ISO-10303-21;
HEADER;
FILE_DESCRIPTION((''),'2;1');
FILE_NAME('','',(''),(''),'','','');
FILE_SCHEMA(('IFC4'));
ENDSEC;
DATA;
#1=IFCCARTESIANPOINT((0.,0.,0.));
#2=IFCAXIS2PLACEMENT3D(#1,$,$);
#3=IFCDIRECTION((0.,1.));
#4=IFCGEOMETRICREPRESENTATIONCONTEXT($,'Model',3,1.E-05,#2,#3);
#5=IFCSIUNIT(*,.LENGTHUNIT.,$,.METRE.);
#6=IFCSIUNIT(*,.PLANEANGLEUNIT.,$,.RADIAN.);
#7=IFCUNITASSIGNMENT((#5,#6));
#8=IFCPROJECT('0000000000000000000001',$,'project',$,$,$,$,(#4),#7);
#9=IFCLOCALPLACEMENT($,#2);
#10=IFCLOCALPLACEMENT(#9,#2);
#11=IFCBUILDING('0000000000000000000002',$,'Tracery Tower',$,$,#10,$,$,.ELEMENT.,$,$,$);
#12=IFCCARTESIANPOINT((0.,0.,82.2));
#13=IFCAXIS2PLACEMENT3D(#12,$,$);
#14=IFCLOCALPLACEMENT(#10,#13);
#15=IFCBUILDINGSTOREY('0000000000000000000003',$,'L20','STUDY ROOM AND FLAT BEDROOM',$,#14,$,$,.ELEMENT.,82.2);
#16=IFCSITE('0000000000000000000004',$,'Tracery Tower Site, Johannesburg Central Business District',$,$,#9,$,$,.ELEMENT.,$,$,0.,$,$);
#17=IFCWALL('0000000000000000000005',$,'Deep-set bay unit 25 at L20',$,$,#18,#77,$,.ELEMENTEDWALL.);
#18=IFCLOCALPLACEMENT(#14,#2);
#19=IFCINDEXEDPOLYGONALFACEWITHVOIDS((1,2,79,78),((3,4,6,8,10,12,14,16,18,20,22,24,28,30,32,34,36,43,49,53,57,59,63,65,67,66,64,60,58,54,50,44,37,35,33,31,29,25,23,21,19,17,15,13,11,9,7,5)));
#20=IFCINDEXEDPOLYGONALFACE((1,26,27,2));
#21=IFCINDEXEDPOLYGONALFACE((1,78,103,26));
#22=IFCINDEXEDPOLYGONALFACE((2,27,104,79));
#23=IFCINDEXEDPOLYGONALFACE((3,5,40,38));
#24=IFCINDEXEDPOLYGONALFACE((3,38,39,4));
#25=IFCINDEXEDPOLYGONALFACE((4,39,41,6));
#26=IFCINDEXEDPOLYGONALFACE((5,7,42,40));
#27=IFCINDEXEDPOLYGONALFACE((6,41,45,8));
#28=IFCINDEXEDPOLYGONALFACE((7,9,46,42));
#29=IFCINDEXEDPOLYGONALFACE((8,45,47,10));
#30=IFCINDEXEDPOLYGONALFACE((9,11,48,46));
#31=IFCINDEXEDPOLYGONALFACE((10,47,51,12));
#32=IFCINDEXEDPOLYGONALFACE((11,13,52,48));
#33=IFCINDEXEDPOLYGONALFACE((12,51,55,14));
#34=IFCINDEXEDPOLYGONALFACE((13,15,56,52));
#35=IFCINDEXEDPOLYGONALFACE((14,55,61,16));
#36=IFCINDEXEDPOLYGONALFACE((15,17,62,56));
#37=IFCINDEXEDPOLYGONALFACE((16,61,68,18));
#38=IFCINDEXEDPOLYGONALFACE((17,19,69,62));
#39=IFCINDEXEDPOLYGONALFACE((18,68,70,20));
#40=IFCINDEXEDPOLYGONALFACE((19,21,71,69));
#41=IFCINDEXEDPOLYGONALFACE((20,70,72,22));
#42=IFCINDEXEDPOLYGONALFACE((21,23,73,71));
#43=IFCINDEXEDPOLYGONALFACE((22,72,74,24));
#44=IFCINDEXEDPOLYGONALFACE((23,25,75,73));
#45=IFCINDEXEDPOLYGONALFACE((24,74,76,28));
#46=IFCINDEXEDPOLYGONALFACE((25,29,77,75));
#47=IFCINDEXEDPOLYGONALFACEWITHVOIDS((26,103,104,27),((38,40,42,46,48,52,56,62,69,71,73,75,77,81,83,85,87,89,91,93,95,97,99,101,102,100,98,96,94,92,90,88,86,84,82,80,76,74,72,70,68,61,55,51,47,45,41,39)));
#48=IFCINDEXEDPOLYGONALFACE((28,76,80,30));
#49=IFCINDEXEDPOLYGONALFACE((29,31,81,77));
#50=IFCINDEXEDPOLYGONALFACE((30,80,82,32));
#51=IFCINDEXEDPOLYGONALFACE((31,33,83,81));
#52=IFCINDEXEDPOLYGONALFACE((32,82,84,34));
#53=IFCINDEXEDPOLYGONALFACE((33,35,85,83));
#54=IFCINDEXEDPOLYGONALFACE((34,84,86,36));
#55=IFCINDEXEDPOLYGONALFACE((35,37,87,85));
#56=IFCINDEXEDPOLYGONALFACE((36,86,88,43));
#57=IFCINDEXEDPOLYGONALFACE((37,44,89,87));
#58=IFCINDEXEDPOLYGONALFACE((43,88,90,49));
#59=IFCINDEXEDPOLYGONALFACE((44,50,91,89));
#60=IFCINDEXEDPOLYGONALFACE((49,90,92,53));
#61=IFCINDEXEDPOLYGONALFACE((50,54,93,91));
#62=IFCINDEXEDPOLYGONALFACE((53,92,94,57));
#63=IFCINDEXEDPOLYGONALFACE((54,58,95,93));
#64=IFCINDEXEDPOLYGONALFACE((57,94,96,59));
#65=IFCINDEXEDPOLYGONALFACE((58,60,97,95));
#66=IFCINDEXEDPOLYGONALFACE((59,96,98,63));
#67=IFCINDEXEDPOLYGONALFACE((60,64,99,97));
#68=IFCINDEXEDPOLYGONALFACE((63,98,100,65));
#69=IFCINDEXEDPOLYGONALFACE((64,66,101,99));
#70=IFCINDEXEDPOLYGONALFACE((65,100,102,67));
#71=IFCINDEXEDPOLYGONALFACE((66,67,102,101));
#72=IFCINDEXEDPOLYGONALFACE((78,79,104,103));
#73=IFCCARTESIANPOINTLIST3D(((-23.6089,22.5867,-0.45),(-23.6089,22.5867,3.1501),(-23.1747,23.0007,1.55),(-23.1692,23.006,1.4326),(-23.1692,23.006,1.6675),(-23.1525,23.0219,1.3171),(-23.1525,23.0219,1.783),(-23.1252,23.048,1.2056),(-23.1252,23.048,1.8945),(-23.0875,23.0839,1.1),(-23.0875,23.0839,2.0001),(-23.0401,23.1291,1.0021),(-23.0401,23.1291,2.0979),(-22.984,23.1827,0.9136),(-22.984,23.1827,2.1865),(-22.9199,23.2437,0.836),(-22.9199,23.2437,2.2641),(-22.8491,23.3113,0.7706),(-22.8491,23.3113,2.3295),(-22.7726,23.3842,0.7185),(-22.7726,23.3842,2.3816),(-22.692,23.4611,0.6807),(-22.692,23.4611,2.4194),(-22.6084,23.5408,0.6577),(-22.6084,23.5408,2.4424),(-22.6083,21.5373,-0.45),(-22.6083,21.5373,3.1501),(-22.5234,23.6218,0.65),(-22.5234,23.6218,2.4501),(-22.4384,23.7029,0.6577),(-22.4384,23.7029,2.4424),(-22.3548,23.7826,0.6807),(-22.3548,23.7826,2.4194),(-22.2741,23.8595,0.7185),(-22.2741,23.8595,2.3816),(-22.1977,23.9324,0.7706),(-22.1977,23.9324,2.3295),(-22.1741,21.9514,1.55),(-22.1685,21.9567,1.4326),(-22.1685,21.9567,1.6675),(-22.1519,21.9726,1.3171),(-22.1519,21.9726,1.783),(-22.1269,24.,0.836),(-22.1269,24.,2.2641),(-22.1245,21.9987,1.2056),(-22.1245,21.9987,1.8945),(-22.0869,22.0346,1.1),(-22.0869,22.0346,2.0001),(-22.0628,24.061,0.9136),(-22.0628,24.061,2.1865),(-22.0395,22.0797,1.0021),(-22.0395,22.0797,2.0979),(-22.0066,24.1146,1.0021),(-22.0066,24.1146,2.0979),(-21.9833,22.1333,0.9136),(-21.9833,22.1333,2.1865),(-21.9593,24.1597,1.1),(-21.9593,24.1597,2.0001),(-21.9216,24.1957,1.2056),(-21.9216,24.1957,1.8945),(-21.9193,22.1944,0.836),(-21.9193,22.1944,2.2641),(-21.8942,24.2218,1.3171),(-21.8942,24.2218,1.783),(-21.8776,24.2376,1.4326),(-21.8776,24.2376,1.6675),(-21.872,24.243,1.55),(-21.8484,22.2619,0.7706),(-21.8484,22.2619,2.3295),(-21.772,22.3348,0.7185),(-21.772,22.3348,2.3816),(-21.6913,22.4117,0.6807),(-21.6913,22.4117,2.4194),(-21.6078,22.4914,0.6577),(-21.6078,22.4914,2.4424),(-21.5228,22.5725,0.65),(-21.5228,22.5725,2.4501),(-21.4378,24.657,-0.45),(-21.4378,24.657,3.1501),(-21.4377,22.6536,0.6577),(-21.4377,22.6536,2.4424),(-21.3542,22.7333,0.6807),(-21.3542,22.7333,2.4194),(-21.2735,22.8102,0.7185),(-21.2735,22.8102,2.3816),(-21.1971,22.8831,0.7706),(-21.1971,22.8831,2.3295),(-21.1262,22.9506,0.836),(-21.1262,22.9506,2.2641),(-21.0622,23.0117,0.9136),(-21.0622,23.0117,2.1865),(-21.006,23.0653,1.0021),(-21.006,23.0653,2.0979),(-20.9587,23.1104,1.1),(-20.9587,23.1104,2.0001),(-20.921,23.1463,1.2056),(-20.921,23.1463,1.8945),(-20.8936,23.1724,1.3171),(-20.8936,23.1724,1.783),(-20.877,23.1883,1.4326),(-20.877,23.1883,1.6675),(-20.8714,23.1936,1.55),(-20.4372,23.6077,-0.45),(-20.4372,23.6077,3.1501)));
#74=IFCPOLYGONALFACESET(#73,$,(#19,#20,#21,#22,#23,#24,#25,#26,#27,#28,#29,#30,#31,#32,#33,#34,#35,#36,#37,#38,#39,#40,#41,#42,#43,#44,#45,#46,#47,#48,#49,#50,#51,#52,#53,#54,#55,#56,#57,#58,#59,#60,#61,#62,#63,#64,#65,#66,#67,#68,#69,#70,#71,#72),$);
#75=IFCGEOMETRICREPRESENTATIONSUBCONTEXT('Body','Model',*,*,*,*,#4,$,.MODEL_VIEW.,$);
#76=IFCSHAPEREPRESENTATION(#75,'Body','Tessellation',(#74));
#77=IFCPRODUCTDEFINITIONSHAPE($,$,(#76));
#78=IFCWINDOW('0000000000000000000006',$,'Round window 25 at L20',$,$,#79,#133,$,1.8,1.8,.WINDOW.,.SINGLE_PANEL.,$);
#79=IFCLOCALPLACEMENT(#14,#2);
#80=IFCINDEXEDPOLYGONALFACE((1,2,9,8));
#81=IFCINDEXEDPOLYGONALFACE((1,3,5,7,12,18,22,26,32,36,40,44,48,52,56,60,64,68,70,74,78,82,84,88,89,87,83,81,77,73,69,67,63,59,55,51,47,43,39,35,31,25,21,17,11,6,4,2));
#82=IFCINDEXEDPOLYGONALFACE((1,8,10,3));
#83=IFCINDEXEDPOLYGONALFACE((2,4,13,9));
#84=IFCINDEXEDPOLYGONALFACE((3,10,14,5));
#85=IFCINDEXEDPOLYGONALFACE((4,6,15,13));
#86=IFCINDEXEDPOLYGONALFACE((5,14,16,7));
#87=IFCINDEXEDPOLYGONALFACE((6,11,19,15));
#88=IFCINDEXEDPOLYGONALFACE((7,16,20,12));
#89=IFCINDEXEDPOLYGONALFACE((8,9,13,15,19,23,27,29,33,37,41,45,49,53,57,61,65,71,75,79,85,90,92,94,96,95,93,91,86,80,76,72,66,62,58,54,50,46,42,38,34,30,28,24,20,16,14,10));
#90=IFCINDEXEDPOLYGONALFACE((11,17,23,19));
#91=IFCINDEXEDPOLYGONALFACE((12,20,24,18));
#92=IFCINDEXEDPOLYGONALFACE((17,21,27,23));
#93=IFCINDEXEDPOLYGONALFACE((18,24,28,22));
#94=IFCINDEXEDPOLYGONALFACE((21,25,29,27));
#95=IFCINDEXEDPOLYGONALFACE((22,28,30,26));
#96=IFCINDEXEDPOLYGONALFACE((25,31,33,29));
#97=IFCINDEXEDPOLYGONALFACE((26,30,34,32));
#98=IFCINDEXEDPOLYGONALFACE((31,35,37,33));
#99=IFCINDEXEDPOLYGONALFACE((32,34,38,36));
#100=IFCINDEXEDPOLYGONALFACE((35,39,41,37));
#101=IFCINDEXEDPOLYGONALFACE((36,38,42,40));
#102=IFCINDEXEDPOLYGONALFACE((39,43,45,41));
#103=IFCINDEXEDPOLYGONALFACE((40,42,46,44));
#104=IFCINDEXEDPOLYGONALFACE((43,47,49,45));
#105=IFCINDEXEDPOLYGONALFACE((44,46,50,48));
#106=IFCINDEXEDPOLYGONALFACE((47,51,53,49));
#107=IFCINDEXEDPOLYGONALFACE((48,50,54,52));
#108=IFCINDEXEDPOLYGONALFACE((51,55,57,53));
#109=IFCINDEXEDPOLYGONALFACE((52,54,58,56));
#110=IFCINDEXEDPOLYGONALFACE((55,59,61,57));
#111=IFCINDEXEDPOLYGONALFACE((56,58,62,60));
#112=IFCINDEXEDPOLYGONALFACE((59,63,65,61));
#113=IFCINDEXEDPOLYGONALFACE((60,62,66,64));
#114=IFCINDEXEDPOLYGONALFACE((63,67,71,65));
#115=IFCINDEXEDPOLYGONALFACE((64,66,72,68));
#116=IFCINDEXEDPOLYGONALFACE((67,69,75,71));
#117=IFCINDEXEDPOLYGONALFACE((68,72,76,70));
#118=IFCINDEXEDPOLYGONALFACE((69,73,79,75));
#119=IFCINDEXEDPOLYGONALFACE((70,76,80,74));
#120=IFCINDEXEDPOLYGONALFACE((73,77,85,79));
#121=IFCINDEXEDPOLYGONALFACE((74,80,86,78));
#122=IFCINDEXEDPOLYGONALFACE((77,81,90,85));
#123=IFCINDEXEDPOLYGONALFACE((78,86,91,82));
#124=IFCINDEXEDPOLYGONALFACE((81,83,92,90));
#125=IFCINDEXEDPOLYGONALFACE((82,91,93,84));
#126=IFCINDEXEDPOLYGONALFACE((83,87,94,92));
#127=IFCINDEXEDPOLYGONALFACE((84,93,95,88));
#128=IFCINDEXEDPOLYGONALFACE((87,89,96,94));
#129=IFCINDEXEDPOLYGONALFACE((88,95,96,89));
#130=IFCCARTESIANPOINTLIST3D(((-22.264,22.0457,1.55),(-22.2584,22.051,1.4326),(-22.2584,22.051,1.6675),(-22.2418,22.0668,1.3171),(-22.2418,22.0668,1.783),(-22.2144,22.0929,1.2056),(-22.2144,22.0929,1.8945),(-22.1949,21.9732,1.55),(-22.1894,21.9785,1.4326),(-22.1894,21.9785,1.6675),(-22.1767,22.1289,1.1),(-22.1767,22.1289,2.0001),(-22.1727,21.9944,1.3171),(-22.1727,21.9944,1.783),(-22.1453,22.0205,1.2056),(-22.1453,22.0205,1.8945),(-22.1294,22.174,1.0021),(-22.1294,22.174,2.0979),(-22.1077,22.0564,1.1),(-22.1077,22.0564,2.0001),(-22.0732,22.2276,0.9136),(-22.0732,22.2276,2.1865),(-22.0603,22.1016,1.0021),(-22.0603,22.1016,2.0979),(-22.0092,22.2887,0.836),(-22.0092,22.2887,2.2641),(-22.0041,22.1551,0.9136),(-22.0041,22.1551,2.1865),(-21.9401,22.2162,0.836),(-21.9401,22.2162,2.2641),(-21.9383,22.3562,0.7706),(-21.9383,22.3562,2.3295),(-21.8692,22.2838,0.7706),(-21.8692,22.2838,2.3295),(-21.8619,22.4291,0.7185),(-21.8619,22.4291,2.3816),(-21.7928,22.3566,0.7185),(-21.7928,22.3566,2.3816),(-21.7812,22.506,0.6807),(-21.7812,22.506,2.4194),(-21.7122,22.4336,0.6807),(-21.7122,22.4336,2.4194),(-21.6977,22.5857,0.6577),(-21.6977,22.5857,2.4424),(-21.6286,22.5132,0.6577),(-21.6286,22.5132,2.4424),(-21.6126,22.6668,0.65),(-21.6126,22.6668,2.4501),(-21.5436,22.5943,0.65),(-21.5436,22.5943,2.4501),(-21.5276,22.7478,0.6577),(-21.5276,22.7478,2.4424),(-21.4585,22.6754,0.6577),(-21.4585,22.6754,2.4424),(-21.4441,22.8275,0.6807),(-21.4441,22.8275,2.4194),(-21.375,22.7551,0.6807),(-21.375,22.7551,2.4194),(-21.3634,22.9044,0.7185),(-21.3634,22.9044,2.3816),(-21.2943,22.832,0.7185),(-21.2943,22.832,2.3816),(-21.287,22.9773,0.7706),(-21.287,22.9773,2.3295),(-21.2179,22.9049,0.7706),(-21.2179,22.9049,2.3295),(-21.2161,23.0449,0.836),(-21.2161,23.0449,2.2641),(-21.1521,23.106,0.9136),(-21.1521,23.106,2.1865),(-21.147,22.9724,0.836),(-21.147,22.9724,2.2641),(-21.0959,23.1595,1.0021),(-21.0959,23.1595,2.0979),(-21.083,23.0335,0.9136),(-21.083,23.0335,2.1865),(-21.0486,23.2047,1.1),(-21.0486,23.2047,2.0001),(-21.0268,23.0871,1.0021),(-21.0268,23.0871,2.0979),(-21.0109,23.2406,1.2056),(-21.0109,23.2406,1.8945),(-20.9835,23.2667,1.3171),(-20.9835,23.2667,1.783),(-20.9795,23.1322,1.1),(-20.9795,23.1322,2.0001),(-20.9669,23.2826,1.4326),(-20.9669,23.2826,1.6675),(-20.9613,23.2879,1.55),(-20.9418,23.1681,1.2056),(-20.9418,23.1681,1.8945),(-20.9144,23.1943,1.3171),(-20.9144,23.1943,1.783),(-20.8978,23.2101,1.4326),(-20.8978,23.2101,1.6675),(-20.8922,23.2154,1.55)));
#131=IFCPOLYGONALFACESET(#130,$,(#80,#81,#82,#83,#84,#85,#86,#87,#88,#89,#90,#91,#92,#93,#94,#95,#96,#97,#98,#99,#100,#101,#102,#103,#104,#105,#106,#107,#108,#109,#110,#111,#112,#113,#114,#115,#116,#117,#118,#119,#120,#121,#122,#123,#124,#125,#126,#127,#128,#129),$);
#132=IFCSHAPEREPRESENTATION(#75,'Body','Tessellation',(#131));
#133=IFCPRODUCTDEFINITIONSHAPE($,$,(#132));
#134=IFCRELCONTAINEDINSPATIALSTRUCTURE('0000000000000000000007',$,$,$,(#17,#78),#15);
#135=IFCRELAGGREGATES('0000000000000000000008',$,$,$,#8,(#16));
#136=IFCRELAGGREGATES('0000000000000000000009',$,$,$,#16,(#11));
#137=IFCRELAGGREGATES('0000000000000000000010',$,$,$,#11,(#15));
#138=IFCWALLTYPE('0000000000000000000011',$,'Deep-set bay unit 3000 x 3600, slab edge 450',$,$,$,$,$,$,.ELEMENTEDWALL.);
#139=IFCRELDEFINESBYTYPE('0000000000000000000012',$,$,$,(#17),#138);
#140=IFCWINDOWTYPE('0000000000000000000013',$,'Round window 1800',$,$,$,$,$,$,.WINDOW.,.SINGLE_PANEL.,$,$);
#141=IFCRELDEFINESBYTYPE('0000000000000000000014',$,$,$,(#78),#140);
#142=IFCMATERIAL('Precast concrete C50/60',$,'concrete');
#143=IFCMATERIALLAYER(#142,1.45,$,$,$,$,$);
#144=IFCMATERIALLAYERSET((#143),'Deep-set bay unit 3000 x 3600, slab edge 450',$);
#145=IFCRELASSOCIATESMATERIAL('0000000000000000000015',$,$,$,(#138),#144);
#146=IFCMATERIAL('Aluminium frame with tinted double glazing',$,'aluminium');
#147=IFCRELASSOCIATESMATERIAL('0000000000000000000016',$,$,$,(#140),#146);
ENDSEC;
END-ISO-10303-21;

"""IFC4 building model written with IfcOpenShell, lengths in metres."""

from ifc_helpers import new_model, si_unit, direction, frame, frame_2d, origin, origin_2d, place, context, subcontext, project, spatial, rectangle, circle, extrude, material, layer, layer_set, type_object, element, fill, save


model = new_model("IFC4")

# Units and contexts
model_context = context("Model", 3, precision=1e-05, world=origin(), true_north=direction((0.0, 1.0)))
body_context = subcontext(model_context, "Body", "Model", "MODEL_VIEW")
ifc_project = project(units=[si_unit("LENGTHUNIT", "METRE"), si_unit("PLANEANGLEUNIT", "RADIAN")], contexts=[model_context])

# Site, building, storey
site_placement = place(None, origin())
site = spatial("IfcSite", under=ifc_project, at=site_placement, Name="Tracery Tower Site, Johannesburg Central Business District", CompositionType="ELEMENT", RefElevation=0.0)
building_placement = place(site_placement, origin())
building = spatial("IfcBuilding", under=site, at=building_placement, Name="Tracery Tower", CompositionType="ELEMENT")
storey_placement = place(building_placement, frame((0.0, 0.0, 82.2)))
storey = spatial("IfcBuildingStorey", under=building, at=storey_placement, Name="L20", Description="STUDY ROOM AND FLAT BEDROOM", CompositionType="ELEMENT", Elevation=82.2)

# Wall, opening, window
ifc_material_1 = material(Name="Precast concrete C50/60", Category="concrete")
ifc_layer_1 = layer(ifc_material_1, 1.45)
ifc_layer_set_1 = layer_set([ifc_layer_1], Name="Deep-set bay unit 3000 x 3600, slab edge 450")
wall_type_1 = type_object("IfcWallType", Name="Deep-set bay unit 3000 x 3600, slab edge 450", PredefinedType="ELEMENTEDWALL", material=ifc_layer_set_1)
wall_1_placement = place(storey_placement, frame((-20.9375, 24.1323, -0.45), z_axis=(0.0, 0.0, 1.0), x_axis=(-0.723712, -0.690102, 0.0)))
wall_1 = element("IfcWall", 1, at=wall_1_placement, inside=storey, type_object=wall_type_1, Name="Deep-set bay unit 25 at L20", PredefinedType="ELEMENTEDWALL", context=body_context, shape_type="SweptSolid", body=[
    extrude(rectangle(XDim=3.0, YDim=1.45, at=frame_2d((1.5, 0.0))), origin(), (0.0, 0.0, 1.0), 3.6001),
])
opening_1_placement = place(wall_1_placement, frame((1.5, 0.0, 2.0)))
opening_1 = element("IfcOpeningElement", 2, at=opening_1_placement, cuts=wall_1, PredefinedType="OPENING", context=body_context, shape_type="SweptSolid", body=[
    extrude(circle(Radius=0.9, at=origin_2d()), frame((0.0, 0.7349, 0.0), z_axis=(0.0, -1.0, 0.0), x_axis=(1.0, 0.0, 0.0)), (0.0, 0.0, 1.0), 1.47),
])
ifc_material_2 = material(Name="Aluminium frame with tinted double glazing", Category="aluminium")
window_type = type_object("IfcWindowType", Name="Round window 1800", PartitioningType="SINGLE_PANEL", PredefinedType="WINDOW", material=ifc_material_2)
window_1_placement = place(opening_1_placement, origin())
window_1 = element("IfcWindow", 3, at=window_1_placement, inside=storey, type_object=window_type, Name="Round window 25 at L20", OverallHeight=1.8, OverallWidth=1.8, PartitioningType="SINGLE_PANEL", PredefinedType="WINDOW", context=body_context, shape_type="SweptSolid", body=[
    extrude(circle(Radius=0.9, at=origin_2d()), frame((0.0, 0.6948, 0.0), z_axis=(0.0, -1.0, 0.0), x_axis=(1.0, 0.0, 0.0)), (0.0, 0.0, 1.0), 0.1001),
])
fill(opening_1, window_1)

save(model, "model.ifc")
